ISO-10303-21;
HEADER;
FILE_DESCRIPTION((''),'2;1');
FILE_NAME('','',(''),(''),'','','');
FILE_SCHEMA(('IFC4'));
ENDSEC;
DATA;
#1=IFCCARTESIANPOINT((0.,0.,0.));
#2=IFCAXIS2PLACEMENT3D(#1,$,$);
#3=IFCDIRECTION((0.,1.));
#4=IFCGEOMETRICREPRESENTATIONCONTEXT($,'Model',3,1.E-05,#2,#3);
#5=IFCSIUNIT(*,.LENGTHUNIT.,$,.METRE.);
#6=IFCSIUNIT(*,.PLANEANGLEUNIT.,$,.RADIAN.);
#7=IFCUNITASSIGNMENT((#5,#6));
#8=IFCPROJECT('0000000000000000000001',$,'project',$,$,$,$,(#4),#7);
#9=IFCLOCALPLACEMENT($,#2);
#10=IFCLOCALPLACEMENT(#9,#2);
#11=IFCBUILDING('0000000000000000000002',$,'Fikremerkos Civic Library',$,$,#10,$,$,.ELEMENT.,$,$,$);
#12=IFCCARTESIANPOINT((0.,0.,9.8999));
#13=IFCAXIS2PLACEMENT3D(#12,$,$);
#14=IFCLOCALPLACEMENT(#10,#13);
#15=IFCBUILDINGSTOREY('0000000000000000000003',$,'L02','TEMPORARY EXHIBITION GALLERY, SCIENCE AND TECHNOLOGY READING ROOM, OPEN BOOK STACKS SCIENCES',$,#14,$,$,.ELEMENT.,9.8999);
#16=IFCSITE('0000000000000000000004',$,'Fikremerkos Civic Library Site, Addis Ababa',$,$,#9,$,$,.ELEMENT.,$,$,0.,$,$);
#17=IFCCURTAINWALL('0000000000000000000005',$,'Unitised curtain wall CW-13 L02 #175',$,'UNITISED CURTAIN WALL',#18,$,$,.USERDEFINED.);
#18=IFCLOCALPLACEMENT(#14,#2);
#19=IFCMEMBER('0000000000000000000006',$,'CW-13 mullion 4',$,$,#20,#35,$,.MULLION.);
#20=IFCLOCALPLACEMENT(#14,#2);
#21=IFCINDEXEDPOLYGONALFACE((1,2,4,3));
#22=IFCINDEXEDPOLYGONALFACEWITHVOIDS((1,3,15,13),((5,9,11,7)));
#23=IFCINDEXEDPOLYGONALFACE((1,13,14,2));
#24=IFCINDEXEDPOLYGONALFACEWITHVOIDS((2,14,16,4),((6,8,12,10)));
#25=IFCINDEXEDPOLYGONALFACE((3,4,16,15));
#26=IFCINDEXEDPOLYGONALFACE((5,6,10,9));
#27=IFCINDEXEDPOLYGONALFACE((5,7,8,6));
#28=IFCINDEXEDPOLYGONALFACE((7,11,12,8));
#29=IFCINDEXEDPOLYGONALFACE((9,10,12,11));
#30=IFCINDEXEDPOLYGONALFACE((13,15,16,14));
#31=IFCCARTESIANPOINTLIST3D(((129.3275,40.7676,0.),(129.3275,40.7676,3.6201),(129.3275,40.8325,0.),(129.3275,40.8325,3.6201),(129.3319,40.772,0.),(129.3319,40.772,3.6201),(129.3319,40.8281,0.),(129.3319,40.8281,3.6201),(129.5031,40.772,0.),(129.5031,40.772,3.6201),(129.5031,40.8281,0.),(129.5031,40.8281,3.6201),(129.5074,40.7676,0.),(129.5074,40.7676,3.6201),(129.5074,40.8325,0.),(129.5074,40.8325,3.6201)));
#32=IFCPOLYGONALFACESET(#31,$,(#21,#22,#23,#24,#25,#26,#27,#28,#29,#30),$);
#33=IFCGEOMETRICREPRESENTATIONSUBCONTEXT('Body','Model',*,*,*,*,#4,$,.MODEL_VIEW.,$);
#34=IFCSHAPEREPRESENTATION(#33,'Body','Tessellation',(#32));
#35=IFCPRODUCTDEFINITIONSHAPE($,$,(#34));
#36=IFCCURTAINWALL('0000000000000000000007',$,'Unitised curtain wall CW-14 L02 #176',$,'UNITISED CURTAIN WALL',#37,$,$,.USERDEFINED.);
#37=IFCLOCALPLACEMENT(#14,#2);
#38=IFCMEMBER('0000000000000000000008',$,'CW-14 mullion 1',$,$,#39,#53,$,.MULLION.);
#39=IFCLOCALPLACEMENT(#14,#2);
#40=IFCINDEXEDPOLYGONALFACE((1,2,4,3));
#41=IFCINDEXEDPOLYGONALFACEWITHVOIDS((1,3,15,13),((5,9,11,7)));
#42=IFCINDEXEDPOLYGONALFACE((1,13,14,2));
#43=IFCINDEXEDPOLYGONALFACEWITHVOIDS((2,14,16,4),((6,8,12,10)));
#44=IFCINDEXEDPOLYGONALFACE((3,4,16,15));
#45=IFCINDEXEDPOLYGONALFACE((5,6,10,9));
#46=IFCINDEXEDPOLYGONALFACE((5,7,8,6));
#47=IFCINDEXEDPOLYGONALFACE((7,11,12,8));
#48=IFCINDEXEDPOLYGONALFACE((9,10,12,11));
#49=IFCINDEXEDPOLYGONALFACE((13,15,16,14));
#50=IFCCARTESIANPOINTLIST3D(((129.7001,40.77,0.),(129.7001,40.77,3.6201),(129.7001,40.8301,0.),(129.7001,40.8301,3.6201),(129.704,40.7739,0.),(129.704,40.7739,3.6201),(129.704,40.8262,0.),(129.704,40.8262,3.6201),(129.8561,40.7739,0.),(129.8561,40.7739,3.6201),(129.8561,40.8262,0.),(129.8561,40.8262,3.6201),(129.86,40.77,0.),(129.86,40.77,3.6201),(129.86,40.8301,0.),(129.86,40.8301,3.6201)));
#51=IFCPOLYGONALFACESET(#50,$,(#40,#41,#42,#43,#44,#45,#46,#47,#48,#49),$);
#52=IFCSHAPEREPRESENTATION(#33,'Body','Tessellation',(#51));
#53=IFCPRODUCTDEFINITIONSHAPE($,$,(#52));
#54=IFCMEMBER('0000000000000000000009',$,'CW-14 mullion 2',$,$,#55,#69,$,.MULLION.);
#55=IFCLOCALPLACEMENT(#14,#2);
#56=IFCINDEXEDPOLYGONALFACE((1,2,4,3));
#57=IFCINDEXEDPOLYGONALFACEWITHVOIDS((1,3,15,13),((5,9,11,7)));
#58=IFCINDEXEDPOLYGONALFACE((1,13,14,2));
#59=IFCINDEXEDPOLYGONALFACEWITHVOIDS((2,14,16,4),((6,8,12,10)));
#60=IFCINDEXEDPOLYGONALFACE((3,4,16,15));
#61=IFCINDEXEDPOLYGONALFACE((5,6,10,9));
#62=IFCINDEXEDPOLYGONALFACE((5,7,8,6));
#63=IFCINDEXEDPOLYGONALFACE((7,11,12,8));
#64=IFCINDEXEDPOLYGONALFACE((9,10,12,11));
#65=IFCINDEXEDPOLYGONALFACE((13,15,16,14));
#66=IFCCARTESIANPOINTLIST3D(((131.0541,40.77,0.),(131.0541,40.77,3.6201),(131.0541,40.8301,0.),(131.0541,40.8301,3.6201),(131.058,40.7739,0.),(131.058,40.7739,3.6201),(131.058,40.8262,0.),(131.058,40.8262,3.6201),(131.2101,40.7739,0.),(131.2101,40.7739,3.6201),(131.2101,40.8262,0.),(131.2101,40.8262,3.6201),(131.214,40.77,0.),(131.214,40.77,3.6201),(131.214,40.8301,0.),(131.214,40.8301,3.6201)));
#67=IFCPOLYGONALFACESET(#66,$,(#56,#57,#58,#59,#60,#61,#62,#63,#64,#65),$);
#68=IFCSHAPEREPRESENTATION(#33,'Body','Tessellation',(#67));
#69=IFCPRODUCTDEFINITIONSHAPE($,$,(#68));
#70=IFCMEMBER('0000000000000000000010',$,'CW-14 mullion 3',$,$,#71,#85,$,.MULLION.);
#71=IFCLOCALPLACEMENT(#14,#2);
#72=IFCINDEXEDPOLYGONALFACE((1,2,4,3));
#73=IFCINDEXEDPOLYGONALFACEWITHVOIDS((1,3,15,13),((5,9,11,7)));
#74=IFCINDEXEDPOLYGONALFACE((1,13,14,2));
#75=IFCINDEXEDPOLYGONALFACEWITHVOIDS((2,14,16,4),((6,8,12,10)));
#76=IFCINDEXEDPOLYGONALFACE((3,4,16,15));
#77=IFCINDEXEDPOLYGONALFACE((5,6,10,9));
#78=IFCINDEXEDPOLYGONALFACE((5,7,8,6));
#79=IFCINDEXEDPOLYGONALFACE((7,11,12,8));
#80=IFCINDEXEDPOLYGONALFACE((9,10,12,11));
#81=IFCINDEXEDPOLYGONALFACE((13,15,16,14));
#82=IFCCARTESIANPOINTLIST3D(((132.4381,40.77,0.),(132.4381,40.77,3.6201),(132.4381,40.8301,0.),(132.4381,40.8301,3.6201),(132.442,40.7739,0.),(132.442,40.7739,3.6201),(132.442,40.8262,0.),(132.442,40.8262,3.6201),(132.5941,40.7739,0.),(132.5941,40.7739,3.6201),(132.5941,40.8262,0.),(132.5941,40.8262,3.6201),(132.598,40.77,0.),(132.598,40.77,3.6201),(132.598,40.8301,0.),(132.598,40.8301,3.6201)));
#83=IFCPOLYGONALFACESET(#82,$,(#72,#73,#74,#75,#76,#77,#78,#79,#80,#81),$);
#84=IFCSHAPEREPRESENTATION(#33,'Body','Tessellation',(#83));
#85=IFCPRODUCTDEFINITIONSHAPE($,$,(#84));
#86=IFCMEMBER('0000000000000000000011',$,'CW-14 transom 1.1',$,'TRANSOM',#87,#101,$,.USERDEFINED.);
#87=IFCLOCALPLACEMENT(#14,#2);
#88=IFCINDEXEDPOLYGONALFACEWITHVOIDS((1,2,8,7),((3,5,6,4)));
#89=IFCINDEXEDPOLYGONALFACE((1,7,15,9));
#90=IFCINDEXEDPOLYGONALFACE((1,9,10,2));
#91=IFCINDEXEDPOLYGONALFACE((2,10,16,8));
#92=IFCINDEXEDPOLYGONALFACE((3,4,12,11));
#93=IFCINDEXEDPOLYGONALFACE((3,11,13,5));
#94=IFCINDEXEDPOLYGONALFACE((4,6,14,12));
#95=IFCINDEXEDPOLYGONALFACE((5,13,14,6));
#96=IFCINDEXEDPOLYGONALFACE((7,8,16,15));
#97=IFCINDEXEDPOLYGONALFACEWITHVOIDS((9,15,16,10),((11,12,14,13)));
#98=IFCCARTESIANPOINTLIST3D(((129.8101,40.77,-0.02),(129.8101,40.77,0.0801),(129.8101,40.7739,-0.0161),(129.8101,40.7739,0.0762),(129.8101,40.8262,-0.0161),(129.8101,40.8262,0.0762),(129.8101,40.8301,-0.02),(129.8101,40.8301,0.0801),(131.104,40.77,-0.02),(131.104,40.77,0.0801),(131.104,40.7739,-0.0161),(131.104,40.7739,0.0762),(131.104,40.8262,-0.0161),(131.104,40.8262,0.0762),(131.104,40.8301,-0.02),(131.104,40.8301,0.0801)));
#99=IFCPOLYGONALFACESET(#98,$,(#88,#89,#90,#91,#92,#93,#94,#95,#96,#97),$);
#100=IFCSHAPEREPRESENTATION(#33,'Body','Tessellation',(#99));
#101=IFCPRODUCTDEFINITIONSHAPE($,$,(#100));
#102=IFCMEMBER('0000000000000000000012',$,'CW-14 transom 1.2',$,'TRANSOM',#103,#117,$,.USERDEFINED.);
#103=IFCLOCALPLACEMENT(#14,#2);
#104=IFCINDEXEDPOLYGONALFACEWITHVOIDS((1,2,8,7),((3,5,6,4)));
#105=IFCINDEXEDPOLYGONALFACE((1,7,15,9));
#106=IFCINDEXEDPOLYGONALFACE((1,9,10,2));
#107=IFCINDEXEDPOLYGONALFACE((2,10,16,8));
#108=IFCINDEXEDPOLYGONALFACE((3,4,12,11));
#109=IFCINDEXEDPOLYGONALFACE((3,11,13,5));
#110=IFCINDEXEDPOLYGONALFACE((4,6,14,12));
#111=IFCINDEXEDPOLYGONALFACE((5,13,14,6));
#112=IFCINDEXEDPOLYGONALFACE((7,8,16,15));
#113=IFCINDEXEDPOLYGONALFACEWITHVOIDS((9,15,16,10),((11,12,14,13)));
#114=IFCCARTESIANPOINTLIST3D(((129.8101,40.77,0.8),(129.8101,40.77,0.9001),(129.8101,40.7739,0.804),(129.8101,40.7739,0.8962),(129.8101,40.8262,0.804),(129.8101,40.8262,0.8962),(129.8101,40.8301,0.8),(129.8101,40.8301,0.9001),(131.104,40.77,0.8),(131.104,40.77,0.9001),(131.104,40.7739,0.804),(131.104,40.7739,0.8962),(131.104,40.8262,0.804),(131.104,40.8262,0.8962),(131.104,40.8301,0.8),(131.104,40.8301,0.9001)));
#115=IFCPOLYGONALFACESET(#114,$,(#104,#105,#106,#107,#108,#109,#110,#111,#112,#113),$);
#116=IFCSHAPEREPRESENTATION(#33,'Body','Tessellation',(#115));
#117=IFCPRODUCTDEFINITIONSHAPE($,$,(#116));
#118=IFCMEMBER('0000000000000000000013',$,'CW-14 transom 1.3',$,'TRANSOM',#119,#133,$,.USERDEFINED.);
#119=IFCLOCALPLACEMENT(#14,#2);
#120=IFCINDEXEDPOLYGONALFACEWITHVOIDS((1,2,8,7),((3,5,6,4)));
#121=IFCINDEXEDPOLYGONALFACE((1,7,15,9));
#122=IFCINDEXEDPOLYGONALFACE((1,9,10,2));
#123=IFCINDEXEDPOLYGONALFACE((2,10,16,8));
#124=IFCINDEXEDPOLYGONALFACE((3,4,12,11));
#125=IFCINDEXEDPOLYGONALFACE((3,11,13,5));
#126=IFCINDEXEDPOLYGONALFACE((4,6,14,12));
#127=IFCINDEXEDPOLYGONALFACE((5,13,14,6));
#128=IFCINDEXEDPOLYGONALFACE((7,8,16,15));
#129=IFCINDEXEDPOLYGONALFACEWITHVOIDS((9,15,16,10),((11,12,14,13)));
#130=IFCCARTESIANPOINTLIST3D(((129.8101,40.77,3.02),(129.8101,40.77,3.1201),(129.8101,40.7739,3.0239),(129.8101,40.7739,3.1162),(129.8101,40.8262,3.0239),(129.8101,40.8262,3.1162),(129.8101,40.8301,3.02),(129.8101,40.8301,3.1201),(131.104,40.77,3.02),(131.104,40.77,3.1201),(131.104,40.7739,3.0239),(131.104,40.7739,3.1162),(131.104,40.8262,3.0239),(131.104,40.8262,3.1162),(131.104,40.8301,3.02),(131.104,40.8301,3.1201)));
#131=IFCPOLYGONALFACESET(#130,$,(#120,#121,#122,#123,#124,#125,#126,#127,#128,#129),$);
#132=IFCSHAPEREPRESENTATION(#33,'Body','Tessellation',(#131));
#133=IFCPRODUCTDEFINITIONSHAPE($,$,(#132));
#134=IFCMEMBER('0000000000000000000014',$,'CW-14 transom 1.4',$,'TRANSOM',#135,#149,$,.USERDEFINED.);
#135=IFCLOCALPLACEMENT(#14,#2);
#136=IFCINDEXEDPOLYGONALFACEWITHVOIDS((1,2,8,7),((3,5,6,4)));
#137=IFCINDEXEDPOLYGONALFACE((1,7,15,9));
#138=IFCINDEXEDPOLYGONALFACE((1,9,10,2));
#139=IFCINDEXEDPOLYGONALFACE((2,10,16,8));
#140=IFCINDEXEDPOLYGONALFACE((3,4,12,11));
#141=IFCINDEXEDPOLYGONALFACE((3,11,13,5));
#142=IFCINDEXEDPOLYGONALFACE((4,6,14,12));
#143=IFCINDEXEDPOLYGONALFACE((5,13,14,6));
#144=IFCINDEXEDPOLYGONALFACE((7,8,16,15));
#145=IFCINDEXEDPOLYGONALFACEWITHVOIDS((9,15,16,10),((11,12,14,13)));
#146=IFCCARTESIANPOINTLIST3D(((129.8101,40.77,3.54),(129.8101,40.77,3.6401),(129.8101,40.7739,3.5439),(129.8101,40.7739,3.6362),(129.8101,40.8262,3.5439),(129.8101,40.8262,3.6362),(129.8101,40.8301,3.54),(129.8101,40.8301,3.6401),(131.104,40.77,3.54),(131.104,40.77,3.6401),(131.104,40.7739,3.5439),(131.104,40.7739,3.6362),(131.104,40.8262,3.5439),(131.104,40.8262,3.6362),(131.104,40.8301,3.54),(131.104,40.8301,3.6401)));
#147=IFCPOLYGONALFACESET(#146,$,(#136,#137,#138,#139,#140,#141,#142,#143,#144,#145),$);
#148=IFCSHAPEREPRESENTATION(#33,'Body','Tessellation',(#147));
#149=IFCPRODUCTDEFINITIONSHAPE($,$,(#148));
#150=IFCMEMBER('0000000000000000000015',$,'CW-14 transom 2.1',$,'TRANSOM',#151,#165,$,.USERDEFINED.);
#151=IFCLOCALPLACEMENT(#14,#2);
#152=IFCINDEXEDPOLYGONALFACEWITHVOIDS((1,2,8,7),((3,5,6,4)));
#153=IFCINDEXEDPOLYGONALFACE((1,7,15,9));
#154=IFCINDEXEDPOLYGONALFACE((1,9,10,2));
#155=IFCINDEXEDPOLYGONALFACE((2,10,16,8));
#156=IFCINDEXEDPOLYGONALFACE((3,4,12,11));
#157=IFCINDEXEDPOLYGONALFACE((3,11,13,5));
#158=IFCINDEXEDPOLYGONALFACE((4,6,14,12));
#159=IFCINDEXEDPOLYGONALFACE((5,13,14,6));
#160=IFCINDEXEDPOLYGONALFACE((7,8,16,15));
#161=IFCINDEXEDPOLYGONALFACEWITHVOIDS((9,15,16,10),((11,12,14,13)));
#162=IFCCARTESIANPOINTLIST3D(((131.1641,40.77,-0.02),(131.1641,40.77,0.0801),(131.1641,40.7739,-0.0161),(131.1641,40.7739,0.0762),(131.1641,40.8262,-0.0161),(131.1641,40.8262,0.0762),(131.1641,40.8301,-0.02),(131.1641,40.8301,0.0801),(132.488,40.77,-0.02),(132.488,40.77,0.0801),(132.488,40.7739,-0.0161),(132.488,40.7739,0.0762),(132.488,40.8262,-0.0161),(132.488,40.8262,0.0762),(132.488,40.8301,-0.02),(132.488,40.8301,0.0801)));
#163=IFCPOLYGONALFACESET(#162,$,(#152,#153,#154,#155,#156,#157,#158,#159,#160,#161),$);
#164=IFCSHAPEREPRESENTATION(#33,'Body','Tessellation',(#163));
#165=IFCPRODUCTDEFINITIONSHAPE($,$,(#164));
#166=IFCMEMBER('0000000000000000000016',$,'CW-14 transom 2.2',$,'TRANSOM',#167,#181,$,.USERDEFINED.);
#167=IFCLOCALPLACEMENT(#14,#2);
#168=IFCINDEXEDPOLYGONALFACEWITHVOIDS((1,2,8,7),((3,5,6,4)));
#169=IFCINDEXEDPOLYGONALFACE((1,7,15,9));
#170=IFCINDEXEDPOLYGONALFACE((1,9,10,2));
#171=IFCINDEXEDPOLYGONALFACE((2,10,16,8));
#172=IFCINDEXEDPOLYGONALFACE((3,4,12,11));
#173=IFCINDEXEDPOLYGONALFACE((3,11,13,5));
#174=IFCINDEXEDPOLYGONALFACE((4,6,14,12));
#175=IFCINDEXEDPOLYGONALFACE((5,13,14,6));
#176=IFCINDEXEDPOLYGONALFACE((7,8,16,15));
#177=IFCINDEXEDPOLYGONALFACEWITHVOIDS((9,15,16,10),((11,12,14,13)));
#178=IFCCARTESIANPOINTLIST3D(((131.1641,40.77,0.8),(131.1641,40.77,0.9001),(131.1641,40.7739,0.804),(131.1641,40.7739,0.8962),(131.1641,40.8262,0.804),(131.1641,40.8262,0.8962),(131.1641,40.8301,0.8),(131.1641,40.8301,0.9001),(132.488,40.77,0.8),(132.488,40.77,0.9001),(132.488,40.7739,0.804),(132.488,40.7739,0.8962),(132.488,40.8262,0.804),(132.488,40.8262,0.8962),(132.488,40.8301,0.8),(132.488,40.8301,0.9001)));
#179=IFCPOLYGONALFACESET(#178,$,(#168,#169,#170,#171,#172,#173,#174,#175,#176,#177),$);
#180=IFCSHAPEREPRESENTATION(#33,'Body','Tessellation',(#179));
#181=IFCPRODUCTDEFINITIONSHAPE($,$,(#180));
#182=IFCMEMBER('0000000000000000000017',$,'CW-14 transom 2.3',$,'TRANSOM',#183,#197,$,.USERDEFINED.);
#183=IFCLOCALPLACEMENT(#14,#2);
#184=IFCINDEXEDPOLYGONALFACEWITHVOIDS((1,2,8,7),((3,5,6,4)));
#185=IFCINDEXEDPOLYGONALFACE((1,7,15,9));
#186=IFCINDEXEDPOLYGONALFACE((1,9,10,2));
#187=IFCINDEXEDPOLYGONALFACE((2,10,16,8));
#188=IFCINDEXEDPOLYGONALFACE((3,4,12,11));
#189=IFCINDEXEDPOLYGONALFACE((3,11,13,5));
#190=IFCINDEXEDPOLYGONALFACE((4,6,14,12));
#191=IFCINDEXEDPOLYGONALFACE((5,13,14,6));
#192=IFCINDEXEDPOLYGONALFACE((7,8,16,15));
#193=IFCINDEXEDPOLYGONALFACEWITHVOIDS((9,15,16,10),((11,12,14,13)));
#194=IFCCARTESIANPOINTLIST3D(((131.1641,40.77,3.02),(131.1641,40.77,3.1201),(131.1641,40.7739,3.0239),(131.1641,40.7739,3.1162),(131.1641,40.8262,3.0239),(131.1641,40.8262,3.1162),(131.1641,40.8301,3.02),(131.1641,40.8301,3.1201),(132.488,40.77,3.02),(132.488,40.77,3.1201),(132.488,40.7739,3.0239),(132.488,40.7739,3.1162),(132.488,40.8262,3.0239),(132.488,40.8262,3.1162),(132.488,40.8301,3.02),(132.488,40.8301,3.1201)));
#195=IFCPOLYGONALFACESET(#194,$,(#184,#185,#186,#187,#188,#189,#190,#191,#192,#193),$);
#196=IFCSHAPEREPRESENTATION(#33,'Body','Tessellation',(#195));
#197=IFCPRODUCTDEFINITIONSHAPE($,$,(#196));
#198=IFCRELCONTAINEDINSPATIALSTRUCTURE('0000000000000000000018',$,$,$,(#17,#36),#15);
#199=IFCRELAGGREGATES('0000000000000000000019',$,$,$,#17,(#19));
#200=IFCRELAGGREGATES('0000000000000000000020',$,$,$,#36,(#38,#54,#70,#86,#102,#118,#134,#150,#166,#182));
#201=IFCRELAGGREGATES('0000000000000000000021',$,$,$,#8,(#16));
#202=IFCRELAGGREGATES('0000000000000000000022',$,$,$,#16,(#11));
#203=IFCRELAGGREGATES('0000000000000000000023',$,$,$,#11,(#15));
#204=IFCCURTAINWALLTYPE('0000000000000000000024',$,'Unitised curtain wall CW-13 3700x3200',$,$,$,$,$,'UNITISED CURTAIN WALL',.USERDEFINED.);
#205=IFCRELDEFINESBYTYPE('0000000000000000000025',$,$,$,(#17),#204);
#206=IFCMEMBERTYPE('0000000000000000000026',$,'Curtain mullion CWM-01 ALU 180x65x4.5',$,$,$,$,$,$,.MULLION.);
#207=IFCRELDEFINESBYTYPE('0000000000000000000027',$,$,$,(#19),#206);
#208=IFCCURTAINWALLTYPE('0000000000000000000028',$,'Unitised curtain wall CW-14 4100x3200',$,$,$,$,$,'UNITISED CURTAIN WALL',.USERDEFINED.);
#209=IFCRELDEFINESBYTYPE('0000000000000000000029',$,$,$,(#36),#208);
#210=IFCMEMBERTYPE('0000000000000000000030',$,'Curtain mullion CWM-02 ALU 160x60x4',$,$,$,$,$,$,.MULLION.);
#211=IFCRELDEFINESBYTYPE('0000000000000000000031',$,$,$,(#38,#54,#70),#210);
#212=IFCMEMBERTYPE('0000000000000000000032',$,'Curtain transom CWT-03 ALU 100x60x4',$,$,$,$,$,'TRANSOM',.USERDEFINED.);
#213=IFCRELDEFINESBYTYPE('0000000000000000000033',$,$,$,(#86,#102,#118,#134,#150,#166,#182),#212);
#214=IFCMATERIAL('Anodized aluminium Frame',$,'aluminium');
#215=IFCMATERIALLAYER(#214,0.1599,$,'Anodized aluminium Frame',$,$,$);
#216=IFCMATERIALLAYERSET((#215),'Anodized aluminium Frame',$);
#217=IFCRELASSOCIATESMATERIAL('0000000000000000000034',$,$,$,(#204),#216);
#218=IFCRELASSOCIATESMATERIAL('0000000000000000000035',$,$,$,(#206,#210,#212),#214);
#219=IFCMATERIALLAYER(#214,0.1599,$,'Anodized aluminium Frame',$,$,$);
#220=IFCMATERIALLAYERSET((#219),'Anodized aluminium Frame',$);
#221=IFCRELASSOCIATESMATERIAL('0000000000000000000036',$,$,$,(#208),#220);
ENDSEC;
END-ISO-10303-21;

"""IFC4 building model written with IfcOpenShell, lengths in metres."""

from ifc_helpers import new_model, si_unit, direction, frame, origin, origin_2d, place, context, subcontext, project, spatial, hollow_rectangle, extrude, material, layer, layer_set, material_profile, profile_set, type_object, element, aggregate, save


model = new_model("IFC4")

# Units and contexts
model_context = context("Model", 3, precision=1e-05, world=origin(), true_north=direction((0.0, 1.0)))
body_context = subcontext(model_context, "Body", "Model", "MODEL_VIEW")
ifc_project = project(units=[si_unit("LENGTHUNIT", "METRE"), si_unit("PLANEANGLEUNIT", "RADIAN")], contexts=[model_context])

# Site, building, storey
site_placement = place(None, origin())
site = spatial("IfcSite", under=ifc_project, at=site_placement, Name="Fikremerkos Civic Library Site, Addis Ababa", CompositionType="ELEMENT", RefElevation=0.0)
building_placement = place(site_placement, origin())
building = spatial("IfcBuilding", under=site, at=building_placement, Name="Fikremerkos Civic Library", CompositionType="ELEMENT")
storey_placement = place(building_placement, frame((0.0, 0.0, 9.8999)))
storey = spatial("IfcBuildingStorey", under=building, at=storey_placement, Name="L02", Description="TEMPORARY EXHIBITION GALLERY, SCIENCE AND TECHNOLOGY READING ROOM, OPEN BOOK STACKS SCIENCES", CompositionType="ELEMENT", Elevation=9.8999)

# Curtain wall, member
ifc_material_1 = material(Name="Anodized aluminium Frame", Category="aluminium")
ifc_layer_1 = layer(ifc_material_1, 0.1599, Name="Anodized aluminium Frame")
ifc_layer_set_1 = layer_set([ifc_layer_1], Name="Anodized aluminium Frame")
curtain_wall_type_1 = type_object("IfcCurtainWallType", Name="Unitised curtain wall CW-13 3700x3200", ElementType="UNITISED CURTAIN WALL", PredefinedType="USERDEFINED", material=ifc_layer_set_1)
curtain_wall_1_placement = place(storey_placement, origin())
curtain_wall_1 = element("IfcCurtainWall", 1, at=curtain_wall_1_placement, inside=storey, type_object=curtain_wall_type_1, Name="Unitised curtain wall CW-13 L02 #175", ObjectType="UNITISED CURTAIN WALL", PredefinedType="USERDEFINED")
ifc_material_profile_1 = material_profile(ifc_material_1, hollow_rectangle(XDim=0.0649, YDim=0.1799, WallThickness=0.0044, at=origin_2d()), Name="ALU 180x65x4.5")
ifc_profile_set_1 = profile_set([ifc_material_profile_1], Name="Anodized aluminium Frame")
member_type_1 = type_object("IfcMemberType", Name="Curtain mullion CWM-01 ALU 180x65x4.5", PredefinedType="MULLION", material=ifc_profile_set_1)
member_1_placement = place(storey_placement, frame((129.4175, 40.8, 0.0), z_axis=(0.0, 0.0, 1.0), x_axis=(0.0, 1.0, 0.0)))
member_1 = element("IfcMember", 2, at=member_1_placement, type_object=member_type_1, Name="CW-13 mullion 4", PredefinedType="MULLION", context=body_context, shape_type="SweptSolid", body=[
    extrude(hollow_rectangle(XDim=0.0649, YDim=0.1799, WallThickness=0.0044, at=origin_2d()), origin(), (0.0, 0.0, 1.0), 3.6201),
])

# Curtain wall, members
ifc_layer_2 = layer(ifc_material_1, 0.1599, Name="Anodized aluminium Frame")
ifc_layer_set_2 = layer_set([ifc_layer_2], Name="Anodized aluminium Frame")
curtain_wall_type_2 = type_object("IfcCurtainWallType", Name="Unitised curtain wall CW-14 4100x3200", ElementType="UNITISED CURTAIN WALL", PredefinedType="USERDEFINED", material=ifc_layer_set_2)
curtain_wall_2_placement = place(storey_placement, origin())
curtain_wall_2 = element("IfcCurtainWall", 3, at=curtain_wall_2_placement, inside=storey, type_object=curtain_wall_type_2, Name="Unitised curtain wall CW-14 L02 #176", ObjectType="UNITISED CURTAIN WALL", PredefinedType="USERDEFINED")
ifc_material_profile_2 = material_profile(ifc_material_1, hollow_rectangle(XDim=0.0601, YDim=0.1599, WallThickness=0.0039, at=origin_2d()), Name="ALU 160x60x4")
ifc_profile_set_2 = profile_set([ifc_material_profile_2], Name="Anodized aluminium Frame")
member_type_2 = type_object("IfcMemberType", Name="Curtain mullion CWM-02 ALU 160x60x4", PredefinedType="MULLION", material=ifc_profile_set_2)
member_2_placement = place(storey_placement, frame((129.78, 40.8, 0.0), z_axis=(0.0, 0.0, 1.0), x_axis=(0.0, 1.0, 0.0)))
member_2 = element("IfcMember", 4, at=member_2_placement, type_object=member_type_2, Name="CW-14 mullion 1", PredefinedType="MULLION", context=body_context, shape_type="SweptSolid", body=[
    extrude(hollow_rectangle(XDim=0.0601, YDim=0.1599, WallThickness=0.0039, at=origin_2d()), origin(), (0.0, 0.0, 1.0), 3.6201),
])
member_3_placement = place(storey_placement, frame((131.134, 40.8, 0.0), z_axis=(0.0, 0.0, 1.0), x_axis=(0.0, 1.0, 0.0)))
member_3 = element("IfcMember", 5, at=member_3_placement, type_object=member_type_2, Name="CW-14 mullion 2", PredefinedType="MULLION", context=body_context, shape_type="SweptSolid", body=[
    extrude(hollow_rectangle(XDim=0.0601, YDim=0.1599, WallThickness=0.0039, at=origin_2d()), origin(), (0.0, 0.0, 1.0), 3.6201),
])
member_4_placement = place(storey_placement, frame((132.5181, 40.8, 0.0), z_axis=(0.0, 0.0, 1.0), x_axis=(0.0, 1.0, 0.0)))
member_4 = element("IfcMember", 6, at=member_4_placement, type_object=member_type_2, Name="CW-14 mullion 3", PredefinedType="MULLION", context=body_context, shape_type="SweptSolid", body=[
    extrude(hollow_rectangle(XDim=0.0601, YDim=0.1599, WallThickness=0.0039, at=origin_2d()), origin(), (0.0, 0.0, 1.0), 3.6201),
])
ifc_material_profile_3 = material_profile(ifc_material_1, hollow_rectangle(XDim=0.0601, YDim=0.1001, WallThickness=0.0039, at=origin_2d()), Name="ALU 100x60x4")
ifc_profile_set_3 = profile_set([ifc_material_profile_3], Name="Anodized aluminium Frame")
member_type_3 = type_object("IfcMemberType", Name="Curtain transom CWT-03 ALU 100x60x4", ElementType="TRANSOM", PredefinedType="USERDEFINED", material=ifc_profile_set_3)
member_5_placement = place(storey_placement, frame((129.8101, 40.8, 0.03), z_axis=(1.0, 0.0, 0.0), x_axis=(0.0, 1.0, 0.0)))
member_5 = element("IfcMember", 7, at=member_5_placement, type_object=member_type_3, Name="CW-14 transom 1.1", ObjectType="TRANSOM", PredefinedType="USERDEFINED", context=body_context, shape_type="SweptSolid", body=[
    extrude(hollow_rectangle(XDim=0.0601, YDim=0.1001, WallThickness=0.0039, at=origin_2d()), origin(), (0.0, 0.0, 1.0), 1.2939),
])
member_6_placement = place(storey_placement, frame((129.8101, 40.8, 0.8501), z_axis=(1.0, 0.0, 0.0), x_axis=(0.0, 1.0, 0.0)))
member_6 = element("IfcMember", 8, at=member_6_placement, type_object=member_type_3, Name="CW-14 transom 1.2", ObjectType="TRANSOM", PredefinedType="USERDEFINED", context=body_context, shape_type="SweptSolid", body=[
    extrude(hollow_rectangle(XDim=0.0601, YDim=0.1001, WallThickness=0.0039, at=origin_2d()), origin(), (0.0, 0.0, 1.0), 1.2939),
])
member_7_placement = place(storey_placement, frame((129.8101, 40.8, 3.0701), z_axis=(1.0, 0.0, 0.0), x_axis=(0.0, 1.0, 0.0)))
member_7 = element("IfcMember", 9, at=member_7_placement, type_object=member_type_3, Name="CW-14 transom 1.3", ObjectType="TRANSOM", PredefinedType="USERDEFINED", context=body_context, shape_type="SweptSolid", body=[
    extrude(hollow_rectangle(XDim=0.0601, YDim=0.1001, WallThickness=0.0039, at=origin_2d()), origin(), (0.0, 0.0, 1.0), 1.2939),
])
member_8_placement = place(storey_placement, frame((129.8101, 40.8, 3.5901), z_axis=(1.0, 0.0, 0.0), x_axis=(0.0, 1.0, 0.0)))
member_8 = element("IfcMember", 10, at=member_8_placement, type_object=member_type_3, Name="CW-14 transom 1.4", ObjectType="TRANSOM", PredefinedType="USERDEFINED", context=body_context, shape_type="SweptSolid", body=[
    extrude(hollow_rectangle(XDim=0.0601, YDim=0.1001, WallThickness=0.0039, at=origin_2d()), origin(), (0.0, 0.0, 1.0), 1.2939),
])
member_9_placement = place(storey_placement, frame((131.1641, 40.8, 0.03), z_axis=(1.0, 0.0, 0.0), x_axis=(0.0, 1.0, 0.0)))
member_9 = element("IfcMember", 11, at=member_9_placement, type_object=member_type_3, Name="CW-14 transom 2.1", ObjectType="TRANSOM", PredefinedType="USERDEFINED", context=body_context, shape_type="SweptSolid", body=[
    extrude(hollow_rectangle(XDim=0.0601, YDim=0.1001, WallThickness=0.0039, at=origin_2d()), origin(), (0.0, 0.0, 1.0), 1.324),
])
member_10_placement = place(storey_placement, frame((131.1641, 40.8, 0.8501), z_axis=(1.0, 0.0, 0.0), x_axis=(0.0, 1.0, 0.0)))
member_10 = element("IfcMember", 12, at=member_10_placement, type_object=member_type_3, Name="CW-14 transom 2.2", ObjectType="TRANSOM", PredefinedType="USERDEFINED", context=body_context, shape_type="SweptSolid", body=[
    extrude(hollow_rectangle(XDim=0.0601, YDim=0.1001, WallThickness=0.0039, at=origin_2d()), origin(), (0.0, 0.0, 1.0), 1.324),
])
member_11_placement = place(storey_placement, frame((131.1641, 40.8, 3.0701), z_axis=(1.0, 0.0, 0.0), x_axis=(0.0, 1.0, 0.0)))
member_11 = element("IfcMember", 13, at=member_11_placement, type_object=member_type_3, Name="CW-14 transom 2.3", ObjectType="TRANSOM", PredefinedType="USERDEFINED", context=body_context, shape_type="SweptSolid", body=[
    extrude(hollow_rectangle(XDim=0.0601, YDim=0.1001, WallThickness=0.0039, at=origin_2d()), origin(), (0.0, 0.0, 1.0), 1.324),
])

aggregate(curtain_wall_1, [member_1])
aggregate(curtain_wall_2, [member_2, member_3, member_4, member_5, member_6, member_7, member_8, member_9, member_10, member_11])

save(model, "model.ifc")
